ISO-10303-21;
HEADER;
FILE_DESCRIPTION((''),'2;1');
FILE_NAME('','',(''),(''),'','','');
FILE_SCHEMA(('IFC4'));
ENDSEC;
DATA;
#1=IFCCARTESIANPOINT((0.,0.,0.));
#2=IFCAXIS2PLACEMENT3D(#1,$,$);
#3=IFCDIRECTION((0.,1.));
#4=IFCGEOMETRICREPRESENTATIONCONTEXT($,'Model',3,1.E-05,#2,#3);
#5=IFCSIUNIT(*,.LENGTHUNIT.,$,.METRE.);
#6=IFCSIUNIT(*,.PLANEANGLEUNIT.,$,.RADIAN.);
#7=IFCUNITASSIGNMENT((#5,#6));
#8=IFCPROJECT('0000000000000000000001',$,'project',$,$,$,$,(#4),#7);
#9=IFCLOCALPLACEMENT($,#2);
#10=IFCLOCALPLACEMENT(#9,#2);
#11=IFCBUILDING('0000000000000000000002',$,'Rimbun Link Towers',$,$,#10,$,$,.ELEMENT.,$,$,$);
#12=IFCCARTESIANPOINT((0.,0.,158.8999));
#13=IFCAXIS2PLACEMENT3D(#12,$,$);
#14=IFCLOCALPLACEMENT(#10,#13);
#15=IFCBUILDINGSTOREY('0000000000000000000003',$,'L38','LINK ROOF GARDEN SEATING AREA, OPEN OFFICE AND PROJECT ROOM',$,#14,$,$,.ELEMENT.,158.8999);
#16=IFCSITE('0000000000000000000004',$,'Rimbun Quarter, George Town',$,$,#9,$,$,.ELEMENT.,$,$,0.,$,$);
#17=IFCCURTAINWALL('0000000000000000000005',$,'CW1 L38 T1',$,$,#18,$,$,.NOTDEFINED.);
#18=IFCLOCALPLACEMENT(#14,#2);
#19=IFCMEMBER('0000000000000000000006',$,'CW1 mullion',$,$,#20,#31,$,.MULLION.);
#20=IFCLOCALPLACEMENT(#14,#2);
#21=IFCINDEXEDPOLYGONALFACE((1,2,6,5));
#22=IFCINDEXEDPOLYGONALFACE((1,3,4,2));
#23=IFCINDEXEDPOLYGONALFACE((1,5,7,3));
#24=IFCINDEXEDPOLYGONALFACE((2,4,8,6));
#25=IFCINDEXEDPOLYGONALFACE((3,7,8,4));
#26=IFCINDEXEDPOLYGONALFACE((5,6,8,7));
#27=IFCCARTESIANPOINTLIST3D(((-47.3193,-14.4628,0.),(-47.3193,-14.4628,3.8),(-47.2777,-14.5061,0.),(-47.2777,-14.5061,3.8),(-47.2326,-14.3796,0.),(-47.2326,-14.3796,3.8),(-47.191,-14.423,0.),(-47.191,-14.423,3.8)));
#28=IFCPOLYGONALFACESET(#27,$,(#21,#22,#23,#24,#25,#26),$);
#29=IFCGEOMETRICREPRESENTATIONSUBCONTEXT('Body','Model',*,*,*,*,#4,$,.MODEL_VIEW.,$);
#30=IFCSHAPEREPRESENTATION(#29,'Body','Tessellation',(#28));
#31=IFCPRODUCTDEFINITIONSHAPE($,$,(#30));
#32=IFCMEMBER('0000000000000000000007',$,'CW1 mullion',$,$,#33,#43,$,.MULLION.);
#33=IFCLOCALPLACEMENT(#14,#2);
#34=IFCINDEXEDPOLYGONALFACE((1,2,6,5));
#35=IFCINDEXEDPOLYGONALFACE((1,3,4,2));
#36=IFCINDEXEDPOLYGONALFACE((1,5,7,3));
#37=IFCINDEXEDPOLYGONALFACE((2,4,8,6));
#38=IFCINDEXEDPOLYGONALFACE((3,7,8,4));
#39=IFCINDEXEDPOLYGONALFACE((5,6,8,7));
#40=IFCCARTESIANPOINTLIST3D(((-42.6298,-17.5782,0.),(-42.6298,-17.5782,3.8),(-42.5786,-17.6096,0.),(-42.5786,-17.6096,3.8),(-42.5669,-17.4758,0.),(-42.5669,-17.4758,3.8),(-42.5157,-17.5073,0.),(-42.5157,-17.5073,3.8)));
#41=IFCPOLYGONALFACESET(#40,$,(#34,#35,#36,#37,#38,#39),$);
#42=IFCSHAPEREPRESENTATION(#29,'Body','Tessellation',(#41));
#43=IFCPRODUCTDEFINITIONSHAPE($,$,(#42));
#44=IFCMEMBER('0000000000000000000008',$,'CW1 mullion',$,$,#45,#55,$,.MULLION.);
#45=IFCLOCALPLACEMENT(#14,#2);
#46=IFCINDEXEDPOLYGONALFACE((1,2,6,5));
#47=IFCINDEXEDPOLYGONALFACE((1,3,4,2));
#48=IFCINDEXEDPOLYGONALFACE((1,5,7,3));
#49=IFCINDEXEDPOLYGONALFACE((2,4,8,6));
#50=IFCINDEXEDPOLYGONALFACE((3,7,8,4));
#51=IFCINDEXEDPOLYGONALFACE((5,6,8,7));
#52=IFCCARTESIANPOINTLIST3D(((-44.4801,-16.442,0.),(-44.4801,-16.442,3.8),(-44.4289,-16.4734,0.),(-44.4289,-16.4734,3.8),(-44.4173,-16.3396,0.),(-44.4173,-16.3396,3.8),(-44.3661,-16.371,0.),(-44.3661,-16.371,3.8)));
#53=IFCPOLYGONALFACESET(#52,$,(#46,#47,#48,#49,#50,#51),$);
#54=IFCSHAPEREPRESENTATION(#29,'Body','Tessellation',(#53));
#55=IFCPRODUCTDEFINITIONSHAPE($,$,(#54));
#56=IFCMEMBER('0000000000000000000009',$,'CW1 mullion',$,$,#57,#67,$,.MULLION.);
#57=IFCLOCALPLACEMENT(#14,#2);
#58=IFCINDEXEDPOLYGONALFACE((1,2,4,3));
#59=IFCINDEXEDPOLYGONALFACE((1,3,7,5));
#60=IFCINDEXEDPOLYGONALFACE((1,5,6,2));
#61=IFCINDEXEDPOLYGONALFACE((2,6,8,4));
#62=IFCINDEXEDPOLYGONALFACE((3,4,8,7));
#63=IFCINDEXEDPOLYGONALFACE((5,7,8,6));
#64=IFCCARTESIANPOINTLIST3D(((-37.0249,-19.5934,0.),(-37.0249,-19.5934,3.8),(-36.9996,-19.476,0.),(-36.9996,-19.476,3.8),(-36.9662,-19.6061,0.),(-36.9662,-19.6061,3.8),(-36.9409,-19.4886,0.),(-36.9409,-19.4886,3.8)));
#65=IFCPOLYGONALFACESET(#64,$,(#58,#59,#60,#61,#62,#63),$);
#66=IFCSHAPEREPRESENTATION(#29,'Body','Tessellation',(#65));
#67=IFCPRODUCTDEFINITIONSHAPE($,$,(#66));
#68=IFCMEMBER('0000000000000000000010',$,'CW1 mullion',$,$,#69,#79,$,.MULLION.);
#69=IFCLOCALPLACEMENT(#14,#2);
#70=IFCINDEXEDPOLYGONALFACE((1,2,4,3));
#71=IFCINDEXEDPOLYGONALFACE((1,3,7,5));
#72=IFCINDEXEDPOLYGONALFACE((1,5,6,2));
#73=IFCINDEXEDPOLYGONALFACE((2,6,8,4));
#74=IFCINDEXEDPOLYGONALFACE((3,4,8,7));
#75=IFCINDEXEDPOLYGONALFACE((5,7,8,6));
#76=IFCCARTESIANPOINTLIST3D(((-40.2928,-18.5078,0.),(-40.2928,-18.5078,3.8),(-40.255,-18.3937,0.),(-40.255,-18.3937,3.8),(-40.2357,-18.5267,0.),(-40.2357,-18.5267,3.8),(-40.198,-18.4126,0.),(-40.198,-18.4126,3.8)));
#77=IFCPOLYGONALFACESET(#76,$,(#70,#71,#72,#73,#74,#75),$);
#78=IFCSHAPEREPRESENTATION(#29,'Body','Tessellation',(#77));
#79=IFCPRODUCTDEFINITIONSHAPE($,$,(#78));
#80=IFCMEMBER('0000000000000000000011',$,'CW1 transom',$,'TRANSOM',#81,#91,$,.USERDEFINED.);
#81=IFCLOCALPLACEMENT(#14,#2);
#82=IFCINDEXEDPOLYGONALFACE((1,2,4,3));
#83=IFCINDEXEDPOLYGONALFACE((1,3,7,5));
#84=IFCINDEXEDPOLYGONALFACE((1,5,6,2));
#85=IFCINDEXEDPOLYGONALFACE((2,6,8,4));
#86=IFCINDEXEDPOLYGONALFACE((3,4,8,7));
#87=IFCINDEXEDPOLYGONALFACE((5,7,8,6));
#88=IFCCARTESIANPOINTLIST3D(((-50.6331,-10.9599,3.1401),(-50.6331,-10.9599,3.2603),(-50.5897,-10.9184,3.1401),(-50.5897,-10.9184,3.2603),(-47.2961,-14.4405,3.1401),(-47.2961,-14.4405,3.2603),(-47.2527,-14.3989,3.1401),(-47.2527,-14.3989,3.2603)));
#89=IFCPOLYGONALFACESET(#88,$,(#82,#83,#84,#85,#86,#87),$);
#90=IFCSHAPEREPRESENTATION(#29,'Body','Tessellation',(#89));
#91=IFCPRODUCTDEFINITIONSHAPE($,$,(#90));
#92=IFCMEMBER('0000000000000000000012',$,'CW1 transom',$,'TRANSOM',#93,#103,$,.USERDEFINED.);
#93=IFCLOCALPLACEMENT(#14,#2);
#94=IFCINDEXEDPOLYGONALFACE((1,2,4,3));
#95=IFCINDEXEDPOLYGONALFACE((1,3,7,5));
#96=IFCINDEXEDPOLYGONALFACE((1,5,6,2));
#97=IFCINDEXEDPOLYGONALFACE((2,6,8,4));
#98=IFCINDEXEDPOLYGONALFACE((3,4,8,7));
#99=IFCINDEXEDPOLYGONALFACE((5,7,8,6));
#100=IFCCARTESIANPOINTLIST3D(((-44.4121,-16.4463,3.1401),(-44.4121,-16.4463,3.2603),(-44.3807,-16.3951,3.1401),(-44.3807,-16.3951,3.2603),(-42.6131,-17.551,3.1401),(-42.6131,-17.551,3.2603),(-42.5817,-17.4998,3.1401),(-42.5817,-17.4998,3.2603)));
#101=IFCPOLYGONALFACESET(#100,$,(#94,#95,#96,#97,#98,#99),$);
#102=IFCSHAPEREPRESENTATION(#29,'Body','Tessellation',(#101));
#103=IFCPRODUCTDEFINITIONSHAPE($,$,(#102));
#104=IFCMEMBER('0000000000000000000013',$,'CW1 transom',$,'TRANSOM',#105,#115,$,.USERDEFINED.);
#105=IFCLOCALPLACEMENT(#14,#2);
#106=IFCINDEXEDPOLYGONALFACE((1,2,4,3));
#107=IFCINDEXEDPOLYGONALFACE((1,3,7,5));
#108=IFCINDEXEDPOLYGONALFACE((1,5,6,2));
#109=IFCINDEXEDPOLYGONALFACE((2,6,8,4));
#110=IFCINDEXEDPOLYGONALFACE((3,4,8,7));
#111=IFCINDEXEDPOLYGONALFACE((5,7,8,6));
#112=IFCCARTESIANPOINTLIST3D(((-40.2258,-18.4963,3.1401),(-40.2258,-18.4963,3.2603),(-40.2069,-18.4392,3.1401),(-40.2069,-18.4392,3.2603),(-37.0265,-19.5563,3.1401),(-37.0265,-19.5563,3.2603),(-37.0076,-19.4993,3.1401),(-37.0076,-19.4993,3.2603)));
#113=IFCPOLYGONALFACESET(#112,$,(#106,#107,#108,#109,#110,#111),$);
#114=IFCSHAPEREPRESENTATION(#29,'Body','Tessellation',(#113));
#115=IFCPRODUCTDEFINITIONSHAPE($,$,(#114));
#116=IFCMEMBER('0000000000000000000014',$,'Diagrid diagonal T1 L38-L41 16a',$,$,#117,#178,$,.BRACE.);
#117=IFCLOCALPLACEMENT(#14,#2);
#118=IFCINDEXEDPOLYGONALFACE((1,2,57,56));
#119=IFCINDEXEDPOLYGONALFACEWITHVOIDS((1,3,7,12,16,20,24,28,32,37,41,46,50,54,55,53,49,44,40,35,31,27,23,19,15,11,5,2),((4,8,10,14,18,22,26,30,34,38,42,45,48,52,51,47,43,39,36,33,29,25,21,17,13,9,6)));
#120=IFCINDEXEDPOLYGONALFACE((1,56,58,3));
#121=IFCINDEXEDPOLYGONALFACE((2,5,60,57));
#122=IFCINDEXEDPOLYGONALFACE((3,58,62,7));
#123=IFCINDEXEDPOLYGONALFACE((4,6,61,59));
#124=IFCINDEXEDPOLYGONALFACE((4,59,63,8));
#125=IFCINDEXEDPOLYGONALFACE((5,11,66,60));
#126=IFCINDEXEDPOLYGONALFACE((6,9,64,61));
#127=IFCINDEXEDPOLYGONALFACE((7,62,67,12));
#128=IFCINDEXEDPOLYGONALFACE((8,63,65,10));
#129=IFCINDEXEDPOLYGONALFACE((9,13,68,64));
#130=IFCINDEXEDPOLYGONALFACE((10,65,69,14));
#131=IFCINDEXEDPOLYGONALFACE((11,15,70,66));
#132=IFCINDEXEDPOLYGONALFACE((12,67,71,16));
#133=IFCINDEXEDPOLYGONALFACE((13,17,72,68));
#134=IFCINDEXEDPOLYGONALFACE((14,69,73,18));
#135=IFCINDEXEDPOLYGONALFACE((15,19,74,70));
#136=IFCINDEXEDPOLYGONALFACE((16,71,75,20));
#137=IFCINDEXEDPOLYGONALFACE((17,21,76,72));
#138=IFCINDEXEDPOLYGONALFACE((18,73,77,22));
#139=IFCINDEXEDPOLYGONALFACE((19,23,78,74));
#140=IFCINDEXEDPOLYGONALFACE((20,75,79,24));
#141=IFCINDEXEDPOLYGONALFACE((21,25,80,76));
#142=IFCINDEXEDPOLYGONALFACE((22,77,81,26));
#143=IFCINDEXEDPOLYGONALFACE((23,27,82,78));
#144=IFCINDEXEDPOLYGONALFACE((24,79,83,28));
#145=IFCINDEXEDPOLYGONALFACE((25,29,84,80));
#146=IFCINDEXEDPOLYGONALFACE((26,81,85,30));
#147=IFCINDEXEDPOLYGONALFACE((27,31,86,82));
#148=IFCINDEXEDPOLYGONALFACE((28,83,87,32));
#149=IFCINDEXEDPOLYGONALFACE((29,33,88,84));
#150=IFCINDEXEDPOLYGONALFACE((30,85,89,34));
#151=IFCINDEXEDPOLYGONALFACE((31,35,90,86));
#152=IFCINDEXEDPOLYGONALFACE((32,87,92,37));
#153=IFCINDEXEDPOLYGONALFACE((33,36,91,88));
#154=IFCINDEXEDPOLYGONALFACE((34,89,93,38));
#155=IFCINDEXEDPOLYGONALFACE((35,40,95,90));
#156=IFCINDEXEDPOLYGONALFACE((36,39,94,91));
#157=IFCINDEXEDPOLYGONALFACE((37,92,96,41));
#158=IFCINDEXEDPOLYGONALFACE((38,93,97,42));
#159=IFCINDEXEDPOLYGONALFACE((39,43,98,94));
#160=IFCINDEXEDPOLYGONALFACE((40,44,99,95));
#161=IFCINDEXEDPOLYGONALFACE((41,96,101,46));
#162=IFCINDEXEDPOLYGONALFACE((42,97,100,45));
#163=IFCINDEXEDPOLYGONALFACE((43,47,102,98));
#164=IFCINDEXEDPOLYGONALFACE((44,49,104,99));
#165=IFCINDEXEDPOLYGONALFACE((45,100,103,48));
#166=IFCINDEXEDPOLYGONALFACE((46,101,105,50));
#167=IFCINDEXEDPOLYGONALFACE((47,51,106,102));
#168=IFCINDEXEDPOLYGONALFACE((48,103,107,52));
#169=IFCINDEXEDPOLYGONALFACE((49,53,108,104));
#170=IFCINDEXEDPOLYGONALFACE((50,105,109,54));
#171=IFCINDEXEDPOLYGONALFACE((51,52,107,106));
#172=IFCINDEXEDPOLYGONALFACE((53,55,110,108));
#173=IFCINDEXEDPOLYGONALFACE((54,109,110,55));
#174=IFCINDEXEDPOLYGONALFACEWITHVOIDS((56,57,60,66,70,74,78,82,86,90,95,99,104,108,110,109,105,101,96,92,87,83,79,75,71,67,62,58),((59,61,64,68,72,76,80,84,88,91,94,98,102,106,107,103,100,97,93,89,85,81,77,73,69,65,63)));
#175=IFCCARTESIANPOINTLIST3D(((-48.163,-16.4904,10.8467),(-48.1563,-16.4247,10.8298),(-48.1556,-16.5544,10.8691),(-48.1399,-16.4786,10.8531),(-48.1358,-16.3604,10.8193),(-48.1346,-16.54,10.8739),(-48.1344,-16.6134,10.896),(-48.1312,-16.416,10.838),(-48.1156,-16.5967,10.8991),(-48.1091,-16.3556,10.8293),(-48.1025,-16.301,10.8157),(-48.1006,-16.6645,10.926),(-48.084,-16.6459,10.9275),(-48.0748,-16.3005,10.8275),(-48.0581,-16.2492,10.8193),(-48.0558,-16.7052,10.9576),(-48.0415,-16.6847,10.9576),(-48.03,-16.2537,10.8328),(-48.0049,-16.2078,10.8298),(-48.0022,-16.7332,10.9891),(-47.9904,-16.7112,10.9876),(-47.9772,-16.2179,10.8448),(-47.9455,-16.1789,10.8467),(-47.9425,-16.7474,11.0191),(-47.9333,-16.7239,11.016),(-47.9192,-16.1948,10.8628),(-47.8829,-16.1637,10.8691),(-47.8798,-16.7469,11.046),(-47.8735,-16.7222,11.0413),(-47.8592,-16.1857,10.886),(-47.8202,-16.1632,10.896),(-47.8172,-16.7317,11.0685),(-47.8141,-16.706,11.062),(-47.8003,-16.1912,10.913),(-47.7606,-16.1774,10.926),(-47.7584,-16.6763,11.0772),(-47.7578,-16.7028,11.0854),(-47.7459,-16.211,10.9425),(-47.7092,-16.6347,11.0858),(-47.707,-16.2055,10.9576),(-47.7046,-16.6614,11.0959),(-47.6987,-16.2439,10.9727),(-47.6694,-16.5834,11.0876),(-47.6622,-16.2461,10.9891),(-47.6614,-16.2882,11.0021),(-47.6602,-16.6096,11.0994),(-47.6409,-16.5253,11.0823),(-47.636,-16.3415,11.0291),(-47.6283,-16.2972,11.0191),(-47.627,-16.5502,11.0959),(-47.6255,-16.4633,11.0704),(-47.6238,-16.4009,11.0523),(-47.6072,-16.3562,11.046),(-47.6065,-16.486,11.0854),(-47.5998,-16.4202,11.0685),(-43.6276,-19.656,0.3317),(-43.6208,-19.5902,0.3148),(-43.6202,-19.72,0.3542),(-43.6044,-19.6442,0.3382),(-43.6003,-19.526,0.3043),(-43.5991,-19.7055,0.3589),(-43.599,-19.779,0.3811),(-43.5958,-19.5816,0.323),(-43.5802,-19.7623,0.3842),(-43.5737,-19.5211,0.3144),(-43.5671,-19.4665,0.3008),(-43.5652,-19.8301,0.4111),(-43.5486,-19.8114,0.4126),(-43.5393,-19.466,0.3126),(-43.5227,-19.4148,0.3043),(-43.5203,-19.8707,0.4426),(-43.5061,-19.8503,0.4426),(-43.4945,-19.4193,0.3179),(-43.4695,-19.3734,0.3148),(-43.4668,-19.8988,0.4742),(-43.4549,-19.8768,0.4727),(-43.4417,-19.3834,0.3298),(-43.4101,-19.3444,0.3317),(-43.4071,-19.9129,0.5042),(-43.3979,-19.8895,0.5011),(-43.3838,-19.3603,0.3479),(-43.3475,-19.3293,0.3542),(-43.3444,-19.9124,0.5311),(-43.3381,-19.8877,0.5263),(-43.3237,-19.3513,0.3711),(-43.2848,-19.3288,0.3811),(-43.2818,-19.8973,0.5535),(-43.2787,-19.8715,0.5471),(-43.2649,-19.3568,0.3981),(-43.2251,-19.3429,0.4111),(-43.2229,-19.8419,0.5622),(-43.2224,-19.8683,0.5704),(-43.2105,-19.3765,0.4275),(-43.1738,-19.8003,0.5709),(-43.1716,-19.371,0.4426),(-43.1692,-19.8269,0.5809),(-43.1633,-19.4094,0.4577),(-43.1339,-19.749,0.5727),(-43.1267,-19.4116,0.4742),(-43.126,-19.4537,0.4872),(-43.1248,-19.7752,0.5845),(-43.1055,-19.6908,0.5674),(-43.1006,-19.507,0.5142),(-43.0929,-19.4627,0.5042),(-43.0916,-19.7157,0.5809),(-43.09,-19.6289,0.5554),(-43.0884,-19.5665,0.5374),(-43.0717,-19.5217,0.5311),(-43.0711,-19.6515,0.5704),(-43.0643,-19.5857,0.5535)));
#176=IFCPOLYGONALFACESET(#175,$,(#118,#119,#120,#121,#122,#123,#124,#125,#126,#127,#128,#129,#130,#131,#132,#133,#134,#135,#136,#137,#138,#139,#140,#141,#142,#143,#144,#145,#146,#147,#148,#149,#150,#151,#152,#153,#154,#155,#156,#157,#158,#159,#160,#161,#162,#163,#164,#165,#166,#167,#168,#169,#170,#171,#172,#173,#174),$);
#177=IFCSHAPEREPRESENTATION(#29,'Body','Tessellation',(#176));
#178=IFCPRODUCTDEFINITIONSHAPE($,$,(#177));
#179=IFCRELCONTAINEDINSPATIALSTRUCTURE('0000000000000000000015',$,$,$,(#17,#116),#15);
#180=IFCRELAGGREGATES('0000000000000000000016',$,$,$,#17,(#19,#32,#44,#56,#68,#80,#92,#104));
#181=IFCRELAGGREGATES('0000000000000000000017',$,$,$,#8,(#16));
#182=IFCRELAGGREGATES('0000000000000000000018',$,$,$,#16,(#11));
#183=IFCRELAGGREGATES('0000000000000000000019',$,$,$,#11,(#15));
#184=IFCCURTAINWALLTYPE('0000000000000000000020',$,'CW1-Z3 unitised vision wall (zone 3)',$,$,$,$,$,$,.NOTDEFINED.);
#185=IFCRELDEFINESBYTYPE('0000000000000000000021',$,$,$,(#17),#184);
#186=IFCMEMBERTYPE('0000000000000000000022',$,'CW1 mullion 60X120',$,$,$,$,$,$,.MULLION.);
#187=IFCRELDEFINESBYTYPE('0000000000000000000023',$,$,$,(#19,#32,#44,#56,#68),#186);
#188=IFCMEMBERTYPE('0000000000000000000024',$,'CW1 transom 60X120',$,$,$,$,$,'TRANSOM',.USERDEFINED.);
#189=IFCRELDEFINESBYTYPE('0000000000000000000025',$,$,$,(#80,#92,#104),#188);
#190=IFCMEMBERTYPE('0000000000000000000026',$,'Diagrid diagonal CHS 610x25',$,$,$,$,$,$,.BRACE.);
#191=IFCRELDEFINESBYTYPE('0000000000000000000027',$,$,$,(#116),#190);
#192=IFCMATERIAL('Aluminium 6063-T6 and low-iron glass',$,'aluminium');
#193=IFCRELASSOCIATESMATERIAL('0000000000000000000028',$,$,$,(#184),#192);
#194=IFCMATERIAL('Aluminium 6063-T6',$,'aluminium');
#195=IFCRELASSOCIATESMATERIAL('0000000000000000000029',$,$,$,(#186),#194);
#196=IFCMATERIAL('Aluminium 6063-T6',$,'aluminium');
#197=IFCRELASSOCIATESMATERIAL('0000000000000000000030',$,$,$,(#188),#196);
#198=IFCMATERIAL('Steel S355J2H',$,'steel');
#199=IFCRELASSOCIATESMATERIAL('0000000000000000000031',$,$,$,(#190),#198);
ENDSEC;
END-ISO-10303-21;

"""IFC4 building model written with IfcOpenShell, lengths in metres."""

from ifc_helpers import new_model, si_unit, direction, frame, origin, origin_2d, place, context, subcontext, project, spatial, rectangle, hollow_circle, extrude, material, material_profile, profile_set, type_object, element, aggregate, save


model = new_model("IFC4")

# Units and contexts
model_context = context("Model", 3, precision=1e-05, world=origin(), true_north=direction((0.0, 1.0)))
body_context = subcontext(model_context, "Body", "Model", "MODEL_VIEW")
ifc_project = project(units=[si_unit("LENGTHUNIT", "METRE"), si_unit("PLANEANGLEUNIT", "RADIAN")], contexts=[model_context])

# Site, building, storey
site_placement = place(None, origin())
site = spatial("IfcSite", under=ifc_project, at=site_placement, Name="Rimbun Quarter, George Town", CompositionType="ELEMENT", RefElevation=0.0)
building_placement = place(site_placement, origin())
building = spatial("IfcBuilding", under=site, at=building_placement, Name="Rimbun Link Towers", CompositionType="ELEMENT")
storey_placement = place(building_placement, frame((0.0, 0.0, 158.8999)))
storey = spatial("IfcBuildingStorey", under=building, at=storey_placement, Name="L38", Description="LINK ROOF GARDEN SEATING AREA, OPEN OFFICE AND PROJECT ROOM", CompositionType="ELEMENT", Elevation=158.8999)

# Curtain wall, members
ifc_material_1 = material(Name="Aluminium 6063-T6 and low-iron glass", Category="aluminium")
curtain_wall_type = type_object("IfcCurtainWallType", Name="CW1-Z3 unitised vision wall (zone 3)", PredefinedType="NOTDEFINED", material=ifc_material_1)
curtain_wall_placement = place(storey_placement, origin())
curtain_wall = element("IfcCurtainWall", 1, at=curtain_wall_placement, inside=storey, type_object=curtain_wall_type, Name="CW1 L38 T1", PredefinedType="NOTDEFINED")
ifc_material_2 = material(Name="Aluminium 6063-T6", Category="aluminium")
ifc_material_profile_1 = material_profile(ifc_material_2, rectangle(XDim=0.1201, YDim=0.0601, at=origin_2d()), Name="MULLION 60X120")
ifc_profile_set_1 = profile_set([ifc_material_profile_1], Name="Aluminium 6063-T6")
member_type_1 = type_object("IfcMemberType", Name="CW1 mullion 60X120", PredefinedType="MULLION", material=ifc_profile_set_1)
member_1_placement = place(storey_placement, frame((-47.2551, -14.4429, 0.0), z_axis=(0.0, 0.0, 1.0), x_axis=(-0.721847, -0.692052, 0.0)))
member_1 = element("IfcMember", 2, at=member_1_placement, type_object=member_type_1, Name="CW1 mullion", PredefinedType="MULLION", context=body_context, shape_type="SweptSolid", body=[
    extrude(rectangle(XDim=0.1201, YDim=0.0601, at=origin_2d()), origin(), (0.0, 0.0, 1.0), 3.8),
])
member_2_placement = place(storey_placement, frame((-42.5728, -17.5427, 0.0), z_axis=(0.0, 0.0, 1.0), x_axis=(-0.52325, -0.852179, 0.0)))
member_2 = element("IfcMember", 3, at=member_2_placement, type_object=member_type_1, Name="CW1 mullion", PredefinedType="MULLION", context=body_context, shape_type="SweptSolid", body=[
    extrude(rectangle(XDim=0.1201, YDim=0.0601, at=origin_2d()), origin(), (0.0, 0.0, 1.0), 3.8),
])
member_3_placement = place(storey_placement, frame((-44.4231, -16.4065, 0.0), z_axis=(0.0, 0.0, 1.0), x_axis=(-0.52325, -0.852179, 0.0)))
member_3 = element("IfcMember", 4, at=member_3_placement, type_object=member_type_1, Name="CW1 mullion", PredefinedType="MULLION", context=body_context, shape_type="SweptSolid", body=[
    extrude(rectangle(XDim=0.1201, YDim=0.0601, at=origin_2d()), origin(), (0.0, 0.0, 1.0), 3.8),
])
member_4_placement = place(storey_placement, frame((-36.9829, -19.541, 0.0), z_axis=(0.0, 0.0, 1.0), x_axis=(-0.210866, -0.977515, 0.0)))
member_4 = element("IfcMember", 5, at=member_4_placement, type_object=member_type_1, Name="CW1 mullion", PredefinedType="MULLION", context=body_context, shape_type="SweptSolid", body=[
    extrude(rectangle(XDim=0.1201, YDim=0.0601, at=origin_2d()), origin(), (0.0, 0.0, 1.0), 3.8),
])
member_5_placement = place(storey_placement, frame((-40.2454, -18.4602, 0.0), z_axis=(0.0, 0.0, 1.0), x_axis=(-0.314556, -0.949239, 0.0)))
member_5 = element("IfcMember", 6, at=member_5_placement, type_object=member_type_1, Name="CW1 mullion", PredefinedType="MULLION", context=body_context, shape_type="SweptSolid", body=[
    extrude(rectangle(XDim=0.1201, YDim=0.0601, at=origin_2d()), origin(), (0.0, 0.0, 1.0), 3.8),
])
ifc_material_3 = material(Name="Aluminium 6063-T6", Category="aluminium")
ifc_material_profile_2 = material_profile(ifc_material_3, rectangle(XDim=0.0601, YDim=0.1201, at=origin_2d()), Name="TRANSOM 60X120")
ifc_profile_set_2 = profile_set([ifc_material_profile_2], Name="Aluminium 6063-T6")
member_type_2 = type_object("IfcMemberType", Name="CW1 transom 60X120", ElementType="TRANSOM", PredefinedType="USERDEFINED", material=ifc_profile_set_2)
member_6_placement = place(storey_placement, frame((-47.2744, -14.4197, 3.2002), z_axis=(-0.692064, 0.721836, 0.0), x_axis=(-0.721836, -0.692064, 0.0)))
member_6 = element("IfcMember", 7, at=member_6_placement, type_object=member_type_2, Name="CW1 transom", ObjectType="TRANSOM", PredefinedType="USERDEFINED", context=body_context, shape_type="SweptSolid", body=[
    extrude(rectangle(XDim=0.0601, YDim=0.1201, at=origin_2d()), origin(), (0.0, 0.0, 1.0), 4.8218),
])
member_7_placement = place(storey_placement, frame((-42.5974, -17.5254, 3.2002), z_axis=(-0.852162, 0.523278, 0.0), x_axis=(-0.523278, -0.852162, 0.0)))
member_7 = element("IfcMember", 8, at=member_7_placement, type_object=member_type_2, Name="CW1 transom", ObjectType="TRANSOM", PredefinedType="USERDEFINED", context=body_context, shape_type="SweptSolid", body=[
    extrude(rectangle(XDim=0.0601, YDim=0.1201, at=origin_2d()), origin(), (0.0, 0.0, 1.0), 2.1111),
])
member_8_placement = place(storey_placement, frame((-37.0171, -19.5278, 3.2002), z_axis=(-0.949247, 0.314532, 0.0), x_axis=(-0.314532, -0.949247, 0.0)))
member_8 = element("IfcMember", 9, at=member_8_placement, type_object=member_type_2, Name="CW1 transom", ObjectType="TRANSOM", PredefinedType="USERDEFINED", context=body_context, shape_type="SweptSolid", body=[
    extrude(rectangle(XDim=0.0601, YDim=0.1201, at=origin_2d()), origin(), (0.0, 0.0, 1.0), 3.3704),
])

# Member
ifc_material_4 = material(Name="Steel S355J2H", Category="steel")
ifc_material_profile_3 = material_profile(ifc_material_4, hollow_circle(Radius=0.3047, WallThickness=0.0249, at=origin_2d()), Name="Diagrid diagonal CHS 610x25")
ifc_profile_set_3 = profile_set([ifc_material_profile_3], Name="Steel S355J2H")
member_type_3 = type_object("IfcMemberType", Name="Diagrid diagonal CHS 610x25", PredefinedType="BRACE", material=ifc_profile_set_3)
member_9_placement = place(storey_placement, frame((-43.3459, -19.6208, 0.4426), z_axis=(-0.381742, 0.266441, 0.885032), x_axis=(-0.572339, -0.820017, 0.0)))
element("IfcMember", 10, at=member_9_placement, inside=storey, type_object=member_type_3, Name="Diagrid diagonal T1 L38-L41 16a", PredefinedType="BRACE", context=body_context, shape_type="SweptSolid", body=[
    extrude(hollow_circle(Radius=0.3047, WallThickness=0.0249, at=origin_2d()), origin(), (0.0, 0.0, 1.0), 11.8809),
])

aggregate(curtain_wall, [member_1, member_2, member_3, member_4, member_5, member_6, member_7, member_8])

save(model, "model.ifc")
